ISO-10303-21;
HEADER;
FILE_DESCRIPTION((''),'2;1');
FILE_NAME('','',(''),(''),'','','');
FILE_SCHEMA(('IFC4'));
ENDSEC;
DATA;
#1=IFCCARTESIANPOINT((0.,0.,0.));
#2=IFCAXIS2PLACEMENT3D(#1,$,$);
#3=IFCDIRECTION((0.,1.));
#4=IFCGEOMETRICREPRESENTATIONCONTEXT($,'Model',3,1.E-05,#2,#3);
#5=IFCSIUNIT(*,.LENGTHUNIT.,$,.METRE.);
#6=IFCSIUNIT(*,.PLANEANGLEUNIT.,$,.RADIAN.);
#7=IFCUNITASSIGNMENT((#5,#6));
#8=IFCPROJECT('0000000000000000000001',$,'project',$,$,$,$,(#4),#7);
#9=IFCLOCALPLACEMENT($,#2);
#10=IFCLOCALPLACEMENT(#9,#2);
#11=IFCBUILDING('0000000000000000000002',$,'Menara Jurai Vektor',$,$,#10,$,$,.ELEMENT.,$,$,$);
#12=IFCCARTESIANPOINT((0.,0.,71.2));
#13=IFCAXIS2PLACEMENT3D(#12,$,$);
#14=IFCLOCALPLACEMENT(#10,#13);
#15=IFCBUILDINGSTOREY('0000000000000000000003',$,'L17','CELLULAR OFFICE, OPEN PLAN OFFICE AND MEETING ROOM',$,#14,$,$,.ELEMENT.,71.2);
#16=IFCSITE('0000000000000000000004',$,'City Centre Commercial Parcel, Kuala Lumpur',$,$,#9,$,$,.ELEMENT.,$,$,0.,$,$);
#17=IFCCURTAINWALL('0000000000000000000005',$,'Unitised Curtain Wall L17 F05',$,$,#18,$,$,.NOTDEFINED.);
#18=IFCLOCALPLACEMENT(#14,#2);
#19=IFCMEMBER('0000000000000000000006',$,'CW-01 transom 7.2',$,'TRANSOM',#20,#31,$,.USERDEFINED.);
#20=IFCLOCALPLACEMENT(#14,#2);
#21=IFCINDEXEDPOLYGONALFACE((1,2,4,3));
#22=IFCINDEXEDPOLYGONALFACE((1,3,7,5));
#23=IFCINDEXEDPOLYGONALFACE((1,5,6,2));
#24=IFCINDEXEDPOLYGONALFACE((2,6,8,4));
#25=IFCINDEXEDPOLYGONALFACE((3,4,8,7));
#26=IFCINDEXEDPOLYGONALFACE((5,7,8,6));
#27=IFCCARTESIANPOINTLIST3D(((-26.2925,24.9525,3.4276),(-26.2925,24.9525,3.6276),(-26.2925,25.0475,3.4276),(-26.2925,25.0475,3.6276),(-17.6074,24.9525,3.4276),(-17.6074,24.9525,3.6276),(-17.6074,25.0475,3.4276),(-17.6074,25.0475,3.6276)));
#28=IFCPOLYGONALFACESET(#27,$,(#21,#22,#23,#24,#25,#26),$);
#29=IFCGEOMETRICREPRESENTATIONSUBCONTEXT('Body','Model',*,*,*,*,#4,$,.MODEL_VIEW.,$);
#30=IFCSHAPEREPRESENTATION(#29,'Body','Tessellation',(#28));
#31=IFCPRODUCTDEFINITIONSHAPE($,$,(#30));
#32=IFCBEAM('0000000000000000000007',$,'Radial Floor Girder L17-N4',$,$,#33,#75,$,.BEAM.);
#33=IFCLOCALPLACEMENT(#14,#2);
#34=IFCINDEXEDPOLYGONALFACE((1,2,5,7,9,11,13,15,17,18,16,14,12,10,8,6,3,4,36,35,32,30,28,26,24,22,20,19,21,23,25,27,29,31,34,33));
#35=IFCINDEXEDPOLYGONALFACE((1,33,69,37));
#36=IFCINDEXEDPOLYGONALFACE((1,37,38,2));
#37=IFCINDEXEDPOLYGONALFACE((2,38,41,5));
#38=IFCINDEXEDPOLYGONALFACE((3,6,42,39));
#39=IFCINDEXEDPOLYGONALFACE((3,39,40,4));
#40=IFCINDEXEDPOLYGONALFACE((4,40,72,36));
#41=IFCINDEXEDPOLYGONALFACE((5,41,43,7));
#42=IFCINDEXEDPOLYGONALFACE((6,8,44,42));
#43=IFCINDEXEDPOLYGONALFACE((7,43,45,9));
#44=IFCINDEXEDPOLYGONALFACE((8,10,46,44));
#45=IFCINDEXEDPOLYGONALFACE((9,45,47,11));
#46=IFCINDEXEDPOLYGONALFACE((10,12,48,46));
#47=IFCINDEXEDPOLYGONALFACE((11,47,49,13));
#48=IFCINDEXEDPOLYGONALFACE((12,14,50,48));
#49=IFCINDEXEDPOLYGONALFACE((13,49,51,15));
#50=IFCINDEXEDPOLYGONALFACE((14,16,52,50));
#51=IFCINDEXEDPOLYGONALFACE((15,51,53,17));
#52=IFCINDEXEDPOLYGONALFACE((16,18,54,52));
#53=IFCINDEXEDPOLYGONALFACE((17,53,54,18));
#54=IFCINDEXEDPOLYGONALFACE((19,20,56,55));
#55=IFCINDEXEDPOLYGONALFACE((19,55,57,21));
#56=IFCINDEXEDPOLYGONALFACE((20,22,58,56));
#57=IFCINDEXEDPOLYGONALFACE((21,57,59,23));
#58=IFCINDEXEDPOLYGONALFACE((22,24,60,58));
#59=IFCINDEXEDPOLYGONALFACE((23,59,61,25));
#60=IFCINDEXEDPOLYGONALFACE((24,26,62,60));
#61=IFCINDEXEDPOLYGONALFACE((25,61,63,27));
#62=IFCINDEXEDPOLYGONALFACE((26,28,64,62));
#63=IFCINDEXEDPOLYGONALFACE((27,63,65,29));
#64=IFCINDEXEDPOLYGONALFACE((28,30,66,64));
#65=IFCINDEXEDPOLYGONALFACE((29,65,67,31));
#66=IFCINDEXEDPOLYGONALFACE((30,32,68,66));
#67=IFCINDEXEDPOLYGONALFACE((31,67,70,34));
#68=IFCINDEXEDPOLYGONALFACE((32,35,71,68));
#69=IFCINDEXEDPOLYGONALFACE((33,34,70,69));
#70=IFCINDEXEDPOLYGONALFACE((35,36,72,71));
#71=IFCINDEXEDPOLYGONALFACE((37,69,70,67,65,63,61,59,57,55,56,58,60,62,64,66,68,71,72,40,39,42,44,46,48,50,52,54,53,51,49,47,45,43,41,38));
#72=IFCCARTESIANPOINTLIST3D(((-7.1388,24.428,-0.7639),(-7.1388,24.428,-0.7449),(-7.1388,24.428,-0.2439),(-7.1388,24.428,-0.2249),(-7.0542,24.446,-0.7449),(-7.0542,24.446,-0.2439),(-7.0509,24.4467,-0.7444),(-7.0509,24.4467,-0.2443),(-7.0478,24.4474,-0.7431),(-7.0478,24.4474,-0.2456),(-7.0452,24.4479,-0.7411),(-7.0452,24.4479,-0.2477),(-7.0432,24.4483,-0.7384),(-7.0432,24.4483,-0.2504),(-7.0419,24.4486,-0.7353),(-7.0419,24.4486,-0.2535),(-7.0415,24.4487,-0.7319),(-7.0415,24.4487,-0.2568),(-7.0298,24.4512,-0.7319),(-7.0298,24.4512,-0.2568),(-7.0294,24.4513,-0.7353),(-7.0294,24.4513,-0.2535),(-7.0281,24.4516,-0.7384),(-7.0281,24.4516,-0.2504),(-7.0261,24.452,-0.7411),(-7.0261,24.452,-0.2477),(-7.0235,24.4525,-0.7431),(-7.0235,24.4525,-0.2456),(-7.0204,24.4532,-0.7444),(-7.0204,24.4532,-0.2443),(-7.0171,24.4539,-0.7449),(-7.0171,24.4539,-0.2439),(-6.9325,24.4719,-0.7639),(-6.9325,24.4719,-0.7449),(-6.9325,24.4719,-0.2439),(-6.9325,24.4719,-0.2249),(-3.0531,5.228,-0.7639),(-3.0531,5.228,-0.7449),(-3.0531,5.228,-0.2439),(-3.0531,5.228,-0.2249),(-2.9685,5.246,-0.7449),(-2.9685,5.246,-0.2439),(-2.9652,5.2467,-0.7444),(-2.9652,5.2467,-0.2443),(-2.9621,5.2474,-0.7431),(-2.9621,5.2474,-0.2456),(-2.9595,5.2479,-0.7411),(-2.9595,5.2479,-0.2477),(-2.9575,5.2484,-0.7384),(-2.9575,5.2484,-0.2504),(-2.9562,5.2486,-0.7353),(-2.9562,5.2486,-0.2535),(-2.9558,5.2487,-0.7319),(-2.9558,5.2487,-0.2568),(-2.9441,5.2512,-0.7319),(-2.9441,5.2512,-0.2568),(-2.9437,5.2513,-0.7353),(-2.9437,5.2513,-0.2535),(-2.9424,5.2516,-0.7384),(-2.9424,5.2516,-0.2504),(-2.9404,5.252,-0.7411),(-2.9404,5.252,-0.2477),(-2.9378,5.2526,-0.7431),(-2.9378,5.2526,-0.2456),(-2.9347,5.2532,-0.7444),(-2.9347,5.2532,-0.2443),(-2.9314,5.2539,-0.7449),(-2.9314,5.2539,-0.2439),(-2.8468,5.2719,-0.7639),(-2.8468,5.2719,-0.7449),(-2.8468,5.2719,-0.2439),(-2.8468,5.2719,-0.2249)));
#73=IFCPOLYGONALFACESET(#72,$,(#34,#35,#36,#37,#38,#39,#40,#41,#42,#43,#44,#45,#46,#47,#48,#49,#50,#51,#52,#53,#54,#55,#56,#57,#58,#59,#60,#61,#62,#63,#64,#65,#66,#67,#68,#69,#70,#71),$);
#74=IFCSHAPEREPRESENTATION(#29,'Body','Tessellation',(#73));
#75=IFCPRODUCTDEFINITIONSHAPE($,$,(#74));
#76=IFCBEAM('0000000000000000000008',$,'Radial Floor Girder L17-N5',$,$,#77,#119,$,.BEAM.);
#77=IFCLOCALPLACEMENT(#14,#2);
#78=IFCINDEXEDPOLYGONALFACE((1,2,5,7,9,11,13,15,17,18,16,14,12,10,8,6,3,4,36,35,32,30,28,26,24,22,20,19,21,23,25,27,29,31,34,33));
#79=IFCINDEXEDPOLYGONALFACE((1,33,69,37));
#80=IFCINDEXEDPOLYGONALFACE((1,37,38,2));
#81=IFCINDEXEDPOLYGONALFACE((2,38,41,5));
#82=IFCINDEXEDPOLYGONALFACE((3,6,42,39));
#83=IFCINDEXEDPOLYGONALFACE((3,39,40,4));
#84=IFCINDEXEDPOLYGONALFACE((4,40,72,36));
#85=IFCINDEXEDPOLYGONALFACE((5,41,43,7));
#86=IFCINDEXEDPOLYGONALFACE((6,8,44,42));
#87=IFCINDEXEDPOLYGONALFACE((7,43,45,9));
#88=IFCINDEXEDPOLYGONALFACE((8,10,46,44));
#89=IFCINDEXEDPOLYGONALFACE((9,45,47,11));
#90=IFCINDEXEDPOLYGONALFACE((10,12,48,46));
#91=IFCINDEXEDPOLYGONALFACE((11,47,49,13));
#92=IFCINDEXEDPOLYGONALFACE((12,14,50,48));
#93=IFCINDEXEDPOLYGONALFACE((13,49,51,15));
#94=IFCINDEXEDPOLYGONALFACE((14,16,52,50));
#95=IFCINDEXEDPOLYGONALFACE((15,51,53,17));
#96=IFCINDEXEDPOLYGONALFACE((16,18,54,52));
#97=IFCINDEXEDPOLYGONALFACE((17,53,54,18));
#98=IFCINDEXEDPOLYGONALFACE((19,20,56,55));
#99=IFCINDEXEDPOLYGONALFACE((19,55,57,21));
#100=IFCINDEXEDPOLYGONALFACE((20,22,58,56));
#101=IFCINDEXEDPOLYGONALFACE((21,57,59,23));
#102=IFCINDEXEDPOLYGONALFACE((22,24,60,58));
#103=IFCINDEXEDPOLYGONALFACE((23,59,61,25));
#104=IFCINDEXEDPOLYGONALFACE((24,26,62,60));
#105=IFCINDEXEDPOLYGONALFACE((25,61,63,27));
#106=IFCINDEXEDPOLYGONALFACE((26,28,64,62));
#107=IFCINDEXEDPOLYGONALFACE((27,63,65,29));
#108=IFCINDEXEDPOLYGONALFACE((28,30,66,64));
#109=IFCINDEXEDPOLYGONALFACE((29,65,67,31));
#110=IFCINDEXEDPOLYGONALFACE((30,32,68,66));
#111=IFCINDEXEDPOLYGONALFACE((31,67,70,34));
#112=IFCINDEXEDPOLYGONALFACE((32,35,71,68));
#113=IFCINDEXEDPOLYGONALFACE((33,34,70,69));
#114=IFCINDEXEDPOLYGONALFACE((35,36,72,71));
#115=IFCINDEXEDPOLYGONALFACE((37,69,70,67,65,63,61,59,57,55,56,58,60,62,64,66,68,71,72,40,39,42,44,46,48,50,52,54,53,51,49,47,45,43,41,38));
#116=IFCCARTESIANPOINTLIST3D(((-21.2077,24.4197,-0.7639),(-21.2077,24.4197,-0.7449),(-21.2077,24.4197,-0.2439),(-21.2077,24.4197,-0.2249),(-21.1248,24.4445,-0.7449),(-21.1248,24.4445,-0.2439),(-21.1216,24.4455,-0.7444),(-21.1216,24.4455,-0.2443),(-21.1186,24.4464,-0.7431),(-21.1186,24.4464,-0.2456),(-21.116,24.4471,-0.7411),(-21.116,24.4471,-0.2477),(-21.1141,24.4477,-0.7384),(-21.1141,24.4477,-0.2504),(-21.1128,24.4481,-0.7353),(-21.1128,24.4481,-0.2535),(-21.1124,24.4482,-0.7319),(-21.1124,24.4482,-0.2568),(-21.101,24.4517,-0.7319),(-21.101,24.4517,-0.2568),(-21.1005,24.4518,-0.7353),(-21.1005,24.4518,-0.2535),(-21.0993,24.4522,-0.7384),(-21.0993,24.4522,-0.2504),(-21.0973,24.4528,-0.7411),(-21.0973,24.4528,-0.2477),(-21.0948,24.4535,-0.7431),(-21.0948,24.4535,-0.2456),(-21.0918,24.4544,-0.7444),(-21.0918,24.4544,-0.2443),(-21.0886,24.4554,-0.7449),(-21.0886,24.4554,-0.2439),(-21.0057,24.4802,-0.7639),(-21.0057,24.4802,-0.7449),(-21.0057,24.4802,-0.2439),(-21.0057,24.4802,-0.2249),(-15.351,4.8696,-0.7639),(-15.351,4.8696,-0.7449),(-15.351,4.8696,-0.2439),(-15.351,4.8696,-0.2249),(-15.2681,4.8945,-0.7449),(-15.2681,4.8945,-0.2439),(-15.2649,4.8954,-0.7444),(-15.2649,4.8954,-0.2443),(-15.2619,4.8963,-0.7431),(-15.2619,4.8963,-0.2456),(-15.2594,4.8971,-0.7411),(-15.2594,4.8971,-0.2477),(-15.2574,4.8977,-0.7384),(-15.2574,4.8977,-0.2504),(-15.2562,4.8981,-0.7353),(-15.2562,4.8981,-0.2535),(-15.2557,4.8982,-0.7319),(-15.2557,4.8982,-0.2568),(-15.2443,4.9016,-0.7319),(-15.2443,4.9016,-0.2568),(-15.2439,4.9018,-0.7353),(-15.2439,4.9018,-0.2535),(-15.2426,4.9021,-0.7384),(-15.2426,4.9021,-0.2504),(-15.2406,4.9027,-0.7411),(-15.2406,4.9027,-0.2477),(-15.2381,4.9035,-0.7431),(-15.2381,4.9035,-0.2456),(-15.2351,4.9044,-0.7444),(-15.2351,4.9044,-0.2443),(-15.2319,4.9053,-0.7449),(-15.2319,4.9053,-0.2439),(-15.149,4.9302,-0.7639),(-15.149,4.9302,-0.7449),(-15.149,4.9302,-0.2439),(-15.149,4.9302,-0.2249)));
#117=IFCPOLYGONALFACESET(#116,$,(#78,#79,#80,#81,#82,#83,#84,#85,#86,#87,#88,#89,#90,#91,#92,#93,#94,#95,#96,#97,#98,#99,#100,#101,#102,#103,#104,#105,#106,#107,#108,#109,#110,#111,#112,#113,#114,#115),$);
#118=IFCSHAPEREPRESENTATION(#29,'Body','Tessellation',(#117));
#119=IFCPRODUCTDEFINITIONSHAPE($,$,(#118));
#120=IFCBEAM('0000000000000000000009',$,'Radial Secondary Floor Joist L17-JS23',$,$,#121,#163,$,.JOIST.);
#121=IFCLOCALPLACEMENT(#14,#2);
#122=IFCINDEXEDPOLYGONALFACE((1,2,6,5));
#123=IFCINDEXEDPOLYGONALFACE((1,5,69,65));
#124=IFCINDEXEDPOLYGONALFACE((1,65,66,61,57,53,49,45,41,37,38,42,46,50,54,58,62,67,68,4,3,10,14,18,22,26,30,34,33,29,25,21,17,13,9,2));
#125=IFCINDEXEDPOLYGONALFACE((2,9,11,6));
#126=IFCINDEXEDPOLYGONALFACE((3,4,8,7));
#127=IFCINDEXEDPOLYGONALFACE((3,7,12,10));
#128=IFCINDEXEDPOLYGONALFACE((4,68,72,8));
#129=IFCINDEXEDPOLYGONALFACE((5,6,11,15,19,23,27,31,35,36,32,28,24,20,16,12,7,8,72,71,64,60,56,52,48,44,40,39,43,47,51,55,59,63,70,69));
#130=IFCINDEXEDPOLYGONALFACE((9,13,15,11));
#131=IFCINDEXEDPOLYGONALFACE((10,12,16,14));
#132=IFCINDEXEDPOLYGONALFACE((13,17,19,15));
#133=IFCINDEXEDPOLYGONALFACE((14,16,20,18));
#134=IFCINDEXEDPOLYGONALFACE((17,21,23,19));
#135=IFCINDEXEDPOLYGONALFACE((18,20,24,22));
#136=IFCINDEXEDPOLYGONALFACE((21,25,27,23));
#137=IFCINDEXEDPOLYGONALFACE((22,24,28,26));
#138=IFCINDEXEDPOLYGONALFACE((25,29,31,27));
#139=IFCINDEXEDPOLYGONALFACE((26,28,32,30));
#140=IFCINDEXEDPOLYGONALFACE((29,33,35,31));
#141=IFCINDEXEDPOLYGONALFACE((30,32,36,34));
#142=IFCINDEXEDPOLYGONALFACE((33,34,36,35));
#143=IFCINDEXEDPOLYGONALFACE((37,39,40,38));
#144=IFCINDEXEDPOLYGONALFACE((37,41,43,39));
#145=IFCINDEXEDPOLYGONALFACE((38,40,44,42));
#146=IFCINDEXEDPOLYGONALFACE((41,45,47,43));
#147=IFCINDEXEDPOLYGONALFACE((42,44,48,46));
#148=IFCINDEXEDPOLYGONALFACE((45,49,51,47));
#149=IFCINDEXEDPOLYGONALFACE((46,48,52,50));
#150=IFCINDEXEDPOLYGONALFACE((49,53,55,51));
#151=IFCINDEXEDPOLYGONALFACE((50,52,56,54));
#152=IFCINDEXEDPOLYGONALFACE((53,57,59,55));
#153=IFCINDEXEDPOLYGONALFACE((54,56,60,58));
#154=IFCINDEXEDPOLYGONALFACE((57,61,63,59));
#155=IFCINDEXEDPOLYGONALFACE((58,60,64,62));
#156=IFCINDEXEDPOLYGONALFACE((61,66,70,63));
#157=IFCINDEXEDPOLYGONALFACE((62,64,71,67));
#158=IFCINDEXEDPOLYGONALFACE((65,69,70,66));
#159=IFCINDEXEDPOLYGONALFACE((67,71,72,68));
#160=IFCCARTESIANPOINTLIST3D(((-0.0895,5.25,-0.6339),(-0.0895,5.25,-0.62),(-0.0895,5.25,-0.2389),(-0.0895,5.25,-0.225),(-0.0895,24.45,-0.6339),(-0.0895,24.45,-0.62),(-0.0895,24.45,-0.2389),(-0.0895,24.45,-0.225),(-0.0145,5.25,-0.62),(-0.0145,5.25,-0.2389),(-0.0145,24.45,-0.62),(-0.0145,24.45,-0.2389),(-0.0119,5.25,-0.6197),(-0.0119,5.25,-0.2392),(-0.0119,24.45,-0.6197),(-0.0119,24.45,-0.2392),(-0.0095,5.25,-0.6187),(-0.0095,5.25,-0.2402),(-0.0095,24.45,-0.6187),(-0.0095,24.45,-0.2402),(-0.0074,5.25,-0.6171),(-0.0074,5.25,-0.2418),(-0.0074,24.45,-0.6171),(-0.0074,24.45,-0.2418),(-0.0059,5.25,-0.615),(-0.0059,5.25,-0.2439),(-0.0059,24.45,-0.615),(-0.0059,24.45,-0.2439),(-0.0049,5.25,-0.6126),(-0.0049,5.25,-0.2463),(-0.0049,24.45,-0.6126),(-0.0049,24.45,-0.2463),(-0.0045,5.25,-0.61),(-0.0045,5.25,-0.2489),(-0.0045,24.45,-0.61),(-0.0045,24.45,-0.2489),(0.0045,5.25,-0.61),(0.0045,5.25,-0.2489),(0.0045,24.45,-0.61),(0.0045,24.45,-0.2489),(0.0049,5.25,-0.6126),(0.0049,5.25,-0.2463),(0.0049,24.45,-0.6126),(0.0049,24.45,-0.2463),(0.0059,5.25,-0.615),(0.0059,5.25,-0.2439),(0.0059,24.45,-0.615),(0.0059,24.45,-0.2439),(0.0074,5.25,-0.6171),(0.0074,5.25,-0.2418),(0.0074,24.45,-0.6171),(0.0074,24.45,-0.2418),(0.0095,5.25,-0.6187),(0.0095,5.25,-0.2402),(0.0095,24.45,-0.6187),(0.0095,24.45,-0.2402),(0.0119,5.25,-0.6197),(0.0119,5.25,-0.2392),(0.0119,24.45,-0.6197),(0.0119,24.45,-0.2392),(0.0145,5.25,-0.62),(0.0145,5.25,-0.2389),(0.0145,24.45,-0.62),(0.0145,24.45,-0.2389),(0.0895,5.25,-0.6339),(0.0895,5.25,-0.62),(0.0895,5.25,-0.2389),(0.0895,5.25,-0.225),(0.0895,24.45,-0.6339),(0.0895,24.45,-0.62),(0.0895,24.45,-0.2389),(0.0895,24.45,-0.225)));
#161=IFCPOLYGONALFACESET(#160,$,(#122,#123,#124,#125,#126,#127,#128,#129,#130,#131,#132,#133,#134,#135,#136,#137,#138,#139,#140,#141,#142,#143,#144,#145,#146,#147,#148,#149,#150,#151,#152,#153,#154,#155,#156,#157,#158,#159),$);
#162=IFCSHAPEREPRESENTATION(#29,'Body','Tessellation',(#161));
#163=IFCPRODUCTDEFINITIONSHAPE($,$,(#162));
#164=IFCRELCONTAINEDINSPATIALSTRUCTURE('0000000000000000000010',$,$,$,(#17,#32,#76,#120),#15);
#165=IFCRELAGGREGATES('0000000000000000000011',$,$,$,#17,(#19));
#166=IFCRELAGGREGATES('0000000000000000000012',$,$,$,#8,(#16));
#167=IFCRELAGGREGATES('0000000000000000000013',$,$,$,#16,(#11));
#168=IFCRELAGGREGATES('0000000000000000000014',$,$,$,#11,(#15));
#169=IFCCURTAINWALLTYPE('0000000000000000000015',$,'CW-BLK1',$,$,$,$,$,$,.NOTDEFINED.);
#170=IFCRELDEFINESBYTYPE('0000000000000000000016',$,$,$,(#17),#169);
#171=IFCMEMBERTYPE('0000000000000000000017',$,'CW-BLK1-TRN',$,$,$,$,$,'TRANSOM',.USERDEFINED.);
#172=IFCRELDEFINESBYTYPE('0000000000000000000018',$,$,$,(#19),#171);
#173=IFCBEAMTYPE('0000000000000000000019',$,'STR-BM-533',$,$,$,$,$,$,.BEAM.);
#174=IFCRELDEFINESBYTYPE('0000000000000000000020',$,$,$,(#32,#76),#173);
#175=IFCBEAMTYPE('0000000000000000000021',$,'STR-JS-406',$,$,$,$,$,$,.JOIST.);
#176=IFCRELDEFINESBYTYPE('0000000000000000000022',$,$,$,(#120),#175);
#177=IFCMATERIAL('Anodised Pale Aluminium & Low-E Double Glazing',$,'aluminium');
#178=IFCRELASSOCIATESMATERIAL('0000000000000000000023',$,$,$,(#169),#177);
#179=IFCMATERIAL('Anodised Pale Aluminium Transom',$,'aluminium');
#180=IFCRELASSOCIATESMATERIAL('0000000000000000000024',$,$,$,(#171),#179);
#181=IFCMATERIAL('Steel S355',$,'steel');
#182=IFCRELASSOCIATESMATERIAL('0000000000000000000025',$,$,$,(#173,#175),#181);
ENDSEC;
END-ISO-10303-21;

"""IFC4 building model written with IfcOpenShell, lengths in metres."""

from ifc_helpers import new_model, si_unit, direction, frame, origin, origin_2d, place, context, subcontext, project, spatial, rectangle, i_section, extrude, material, material_profile, profile_set, type_object, element, aggregate, save


model = new_model("IFC4")

# Units and contexts
model_context = context("Model", 3, precision=1e-05, world=origin(), true_north=direction((0.0, 1.0)))
body_context = subcontext(model_context, "Body", "Model", "MODEL_VIEW")
ifc_project = project(units=[si_unit("LENGTHUNIT", "METRE"), si_unit("PLANEANGLEUNIT", "RADIAN")], contexts=[model_context])

# Site, building, storey
site_placement = place(None, origin())
site = spatial("IfcSite", under=ifc_project, at=site_placement, Name="City Centre Commercial Parcel, Kuala Lumpur", CompositionType="ELEMENT", RefElevation=0.0)
building_placement = place(site_placement, origin())
building = spatial("IfcBuilding", under=site, at=building_placement, Name="Menara Jurai Vektor", CompositionType="ELEMENT")
storey_placement = place(building_placement, frame((0.0, 0.0, 71.2)))
storey = spatial("IfcBuildingStorey", under=building, at=storey_placement, Name="L17", Description="CELLULAR OFFICE, OPEN PLAN OFFICE AND MEETING ROOM", CompositionType="ELEMENT", Elevation=71.2)

# Curtain wall, member
ifc_material_1 = material(Name="Anodised Pale Aluminium & Low-E Double Glazing", Category="aluminium")
curtain_wall_type = type_object("IfcCurtainWallType", Name="CW-BLK1", PredefinedType="NOTDEFINED", material=ifc_material_1)
curtain_wall_placement = place(storey_placement, origin())
curtain_wall = element("IfcCurtainWall", 1, at=curtain_wall_placement, inside=storey, type_object=curtain_wall_type, Name="Unitised Curtain Wall L17 F05", PredefinedType="NOTDEFINED")
ifc_material_2 = material(Name="Anodised Pale Aluminium Transom", Category="aluminium")
ifc_material_profile_1 = material_profile(ifc_material_2, rectangle(XDim=0.095, YDim=0.2, at=origin_2d()), Name="ALU TRN 95x200")
ifc_profile_set_1 = profile_set([ifc_material_profile_1], Name="Anodised Pale Aluminium Transom")
member_type_1 = type_object("IfcMemberType", Name="CW-BLK1-TRN", ElementType="TRANSOM", PredefinedType="USERDEFINED", material=ifc_profile_set_1)
member_1_placement = place(storey_placement, frame((-17.6074, 25.0, 3.5276), z_axis=(-1.0, 0.0, 0.0), x_axis=(0.0, -1.0, 0.0)))
member_1 = element("IfcMember", 2, at=member_1_placement, type_object=member_type_1, Name="CW-01 transom 7.2", ObjectType="TRANSOM", PredefinedType="USERDEFINED", context=body_context, shape_type="SweptSolid", body=[
    extrude(rectangle(XDim=0.095, YDim=0.2, at=origin_2d()), origin(), (0.0, 0.0, 1.0), 8.6851),
])

# Beams
ifc_material_3 = material(Name="Steel S355", Category="steel")
ifc_material_profile_2 = material_profile(ifc_material_3, i_section(OverallWidth=0.2109, OverallDepth=0.5391, WebThickness=0.012, FlangeThickness=0.019, FilletRadius=0.0129, at=origin_2d()), Name="UKB 533x210x109")
ifc_profile_set_2 = profile_set([ifc_material_profile_2], Name="Steel S355")
beam_type_1 = type_object("IfcBeamType", Name="STR-BM-533", PredefinedType="BEAM", material=ifc_profile_set_2)
beam_1_placement = place(storey_placement, frame((-7.0356, 24.45, -0.4944), z_axis=(0.208137, -0.9781, 0.0), x_axis=(0.9781, 0.208137, 0.0)))
element("IfcBeam", 3, at=beam_1_placement, inside=storey, type_object=beam_type_1, Name="Radial Floor Girder L17-N4", PredefinedType="BEAM", context=body_context, shape_type="SweptSolid", body=[
    extrude(i_section(OverallWidth=0.2109, OverallDepth=0.5391, WebThickness=0.012, FlangeThickness=0.019, FilletRadius=0.0129, at=origin_2d()), origin(), (0.0, 0.0, 1.0), 19.6299),
])
beam_2_placement = place(storey_placement, frame((-21.1067, 24.45, -0.4944), z_axis=(0.286974, -0.957938, 0.0), x_axis=(0.957938, 0.286974, 0.0)))
element("IfcBeam", 4, at=beam_2_placement, inside=storey, type_object=beam_type_1, Name="Radial Floor Girder L17-N5", PredefinedType="BEAM", context=body_context, shape_type="SweptSolid", body=[
    extrude(i_section(OverallWidth=0.2109, OverallDepth=0.5391, WebThickness=0.012, FlangeThickness=0.019, FilletRadius=0.0129, at=origin_2d()), origin(), (0.0, 0.0, 1.0), 20.4084),
])
ifc_material_profile_3 = material_profile(ifc_material_3, i_section(OverallWidth=0.179, OverallDepth=0.4089, WebThickness=0.009, FlangeThickness=0.0139, FilletRadius=0.01, at=origin_2d()), Name="UKB 406x178x67")
ifc_profile_set_3 = profile_set([ifc_material_profile_3], Name="Steel S355")
beam_type_2 = type_object("IfcBeamType", Name="STR-JS-406", PredefinedType="JOIST", material=ifc_profile_set_3)
beam_3_placement = place(storey_placement, frame((0.0, 24.45, -0.4294), z_axis=(0.0, -1.0, 0.0), x_axis=(1.0, 0.0, 0.0)))
element("IfcBeam", 5, at=beam_3_placement, inside=storey, type_object=beam_type_2, Name="Radial Secondary Floor Joist L17-JS23", PredefinedType="JOIST", context=body_context, shape_type="SweptSolid", body=[
    extrude(i_section(OverallWidth=0.179, OverallDepth=0.4089, WebThickness=0.009, FlangeThickness=0.0139, FilletRadius=0.01, at=origin_2d()), origin(), (0.0, 0.0, 1.0), 19.2),
])

aggregate(curtain_wall, [member_1])

save(model, "model.ifc")
